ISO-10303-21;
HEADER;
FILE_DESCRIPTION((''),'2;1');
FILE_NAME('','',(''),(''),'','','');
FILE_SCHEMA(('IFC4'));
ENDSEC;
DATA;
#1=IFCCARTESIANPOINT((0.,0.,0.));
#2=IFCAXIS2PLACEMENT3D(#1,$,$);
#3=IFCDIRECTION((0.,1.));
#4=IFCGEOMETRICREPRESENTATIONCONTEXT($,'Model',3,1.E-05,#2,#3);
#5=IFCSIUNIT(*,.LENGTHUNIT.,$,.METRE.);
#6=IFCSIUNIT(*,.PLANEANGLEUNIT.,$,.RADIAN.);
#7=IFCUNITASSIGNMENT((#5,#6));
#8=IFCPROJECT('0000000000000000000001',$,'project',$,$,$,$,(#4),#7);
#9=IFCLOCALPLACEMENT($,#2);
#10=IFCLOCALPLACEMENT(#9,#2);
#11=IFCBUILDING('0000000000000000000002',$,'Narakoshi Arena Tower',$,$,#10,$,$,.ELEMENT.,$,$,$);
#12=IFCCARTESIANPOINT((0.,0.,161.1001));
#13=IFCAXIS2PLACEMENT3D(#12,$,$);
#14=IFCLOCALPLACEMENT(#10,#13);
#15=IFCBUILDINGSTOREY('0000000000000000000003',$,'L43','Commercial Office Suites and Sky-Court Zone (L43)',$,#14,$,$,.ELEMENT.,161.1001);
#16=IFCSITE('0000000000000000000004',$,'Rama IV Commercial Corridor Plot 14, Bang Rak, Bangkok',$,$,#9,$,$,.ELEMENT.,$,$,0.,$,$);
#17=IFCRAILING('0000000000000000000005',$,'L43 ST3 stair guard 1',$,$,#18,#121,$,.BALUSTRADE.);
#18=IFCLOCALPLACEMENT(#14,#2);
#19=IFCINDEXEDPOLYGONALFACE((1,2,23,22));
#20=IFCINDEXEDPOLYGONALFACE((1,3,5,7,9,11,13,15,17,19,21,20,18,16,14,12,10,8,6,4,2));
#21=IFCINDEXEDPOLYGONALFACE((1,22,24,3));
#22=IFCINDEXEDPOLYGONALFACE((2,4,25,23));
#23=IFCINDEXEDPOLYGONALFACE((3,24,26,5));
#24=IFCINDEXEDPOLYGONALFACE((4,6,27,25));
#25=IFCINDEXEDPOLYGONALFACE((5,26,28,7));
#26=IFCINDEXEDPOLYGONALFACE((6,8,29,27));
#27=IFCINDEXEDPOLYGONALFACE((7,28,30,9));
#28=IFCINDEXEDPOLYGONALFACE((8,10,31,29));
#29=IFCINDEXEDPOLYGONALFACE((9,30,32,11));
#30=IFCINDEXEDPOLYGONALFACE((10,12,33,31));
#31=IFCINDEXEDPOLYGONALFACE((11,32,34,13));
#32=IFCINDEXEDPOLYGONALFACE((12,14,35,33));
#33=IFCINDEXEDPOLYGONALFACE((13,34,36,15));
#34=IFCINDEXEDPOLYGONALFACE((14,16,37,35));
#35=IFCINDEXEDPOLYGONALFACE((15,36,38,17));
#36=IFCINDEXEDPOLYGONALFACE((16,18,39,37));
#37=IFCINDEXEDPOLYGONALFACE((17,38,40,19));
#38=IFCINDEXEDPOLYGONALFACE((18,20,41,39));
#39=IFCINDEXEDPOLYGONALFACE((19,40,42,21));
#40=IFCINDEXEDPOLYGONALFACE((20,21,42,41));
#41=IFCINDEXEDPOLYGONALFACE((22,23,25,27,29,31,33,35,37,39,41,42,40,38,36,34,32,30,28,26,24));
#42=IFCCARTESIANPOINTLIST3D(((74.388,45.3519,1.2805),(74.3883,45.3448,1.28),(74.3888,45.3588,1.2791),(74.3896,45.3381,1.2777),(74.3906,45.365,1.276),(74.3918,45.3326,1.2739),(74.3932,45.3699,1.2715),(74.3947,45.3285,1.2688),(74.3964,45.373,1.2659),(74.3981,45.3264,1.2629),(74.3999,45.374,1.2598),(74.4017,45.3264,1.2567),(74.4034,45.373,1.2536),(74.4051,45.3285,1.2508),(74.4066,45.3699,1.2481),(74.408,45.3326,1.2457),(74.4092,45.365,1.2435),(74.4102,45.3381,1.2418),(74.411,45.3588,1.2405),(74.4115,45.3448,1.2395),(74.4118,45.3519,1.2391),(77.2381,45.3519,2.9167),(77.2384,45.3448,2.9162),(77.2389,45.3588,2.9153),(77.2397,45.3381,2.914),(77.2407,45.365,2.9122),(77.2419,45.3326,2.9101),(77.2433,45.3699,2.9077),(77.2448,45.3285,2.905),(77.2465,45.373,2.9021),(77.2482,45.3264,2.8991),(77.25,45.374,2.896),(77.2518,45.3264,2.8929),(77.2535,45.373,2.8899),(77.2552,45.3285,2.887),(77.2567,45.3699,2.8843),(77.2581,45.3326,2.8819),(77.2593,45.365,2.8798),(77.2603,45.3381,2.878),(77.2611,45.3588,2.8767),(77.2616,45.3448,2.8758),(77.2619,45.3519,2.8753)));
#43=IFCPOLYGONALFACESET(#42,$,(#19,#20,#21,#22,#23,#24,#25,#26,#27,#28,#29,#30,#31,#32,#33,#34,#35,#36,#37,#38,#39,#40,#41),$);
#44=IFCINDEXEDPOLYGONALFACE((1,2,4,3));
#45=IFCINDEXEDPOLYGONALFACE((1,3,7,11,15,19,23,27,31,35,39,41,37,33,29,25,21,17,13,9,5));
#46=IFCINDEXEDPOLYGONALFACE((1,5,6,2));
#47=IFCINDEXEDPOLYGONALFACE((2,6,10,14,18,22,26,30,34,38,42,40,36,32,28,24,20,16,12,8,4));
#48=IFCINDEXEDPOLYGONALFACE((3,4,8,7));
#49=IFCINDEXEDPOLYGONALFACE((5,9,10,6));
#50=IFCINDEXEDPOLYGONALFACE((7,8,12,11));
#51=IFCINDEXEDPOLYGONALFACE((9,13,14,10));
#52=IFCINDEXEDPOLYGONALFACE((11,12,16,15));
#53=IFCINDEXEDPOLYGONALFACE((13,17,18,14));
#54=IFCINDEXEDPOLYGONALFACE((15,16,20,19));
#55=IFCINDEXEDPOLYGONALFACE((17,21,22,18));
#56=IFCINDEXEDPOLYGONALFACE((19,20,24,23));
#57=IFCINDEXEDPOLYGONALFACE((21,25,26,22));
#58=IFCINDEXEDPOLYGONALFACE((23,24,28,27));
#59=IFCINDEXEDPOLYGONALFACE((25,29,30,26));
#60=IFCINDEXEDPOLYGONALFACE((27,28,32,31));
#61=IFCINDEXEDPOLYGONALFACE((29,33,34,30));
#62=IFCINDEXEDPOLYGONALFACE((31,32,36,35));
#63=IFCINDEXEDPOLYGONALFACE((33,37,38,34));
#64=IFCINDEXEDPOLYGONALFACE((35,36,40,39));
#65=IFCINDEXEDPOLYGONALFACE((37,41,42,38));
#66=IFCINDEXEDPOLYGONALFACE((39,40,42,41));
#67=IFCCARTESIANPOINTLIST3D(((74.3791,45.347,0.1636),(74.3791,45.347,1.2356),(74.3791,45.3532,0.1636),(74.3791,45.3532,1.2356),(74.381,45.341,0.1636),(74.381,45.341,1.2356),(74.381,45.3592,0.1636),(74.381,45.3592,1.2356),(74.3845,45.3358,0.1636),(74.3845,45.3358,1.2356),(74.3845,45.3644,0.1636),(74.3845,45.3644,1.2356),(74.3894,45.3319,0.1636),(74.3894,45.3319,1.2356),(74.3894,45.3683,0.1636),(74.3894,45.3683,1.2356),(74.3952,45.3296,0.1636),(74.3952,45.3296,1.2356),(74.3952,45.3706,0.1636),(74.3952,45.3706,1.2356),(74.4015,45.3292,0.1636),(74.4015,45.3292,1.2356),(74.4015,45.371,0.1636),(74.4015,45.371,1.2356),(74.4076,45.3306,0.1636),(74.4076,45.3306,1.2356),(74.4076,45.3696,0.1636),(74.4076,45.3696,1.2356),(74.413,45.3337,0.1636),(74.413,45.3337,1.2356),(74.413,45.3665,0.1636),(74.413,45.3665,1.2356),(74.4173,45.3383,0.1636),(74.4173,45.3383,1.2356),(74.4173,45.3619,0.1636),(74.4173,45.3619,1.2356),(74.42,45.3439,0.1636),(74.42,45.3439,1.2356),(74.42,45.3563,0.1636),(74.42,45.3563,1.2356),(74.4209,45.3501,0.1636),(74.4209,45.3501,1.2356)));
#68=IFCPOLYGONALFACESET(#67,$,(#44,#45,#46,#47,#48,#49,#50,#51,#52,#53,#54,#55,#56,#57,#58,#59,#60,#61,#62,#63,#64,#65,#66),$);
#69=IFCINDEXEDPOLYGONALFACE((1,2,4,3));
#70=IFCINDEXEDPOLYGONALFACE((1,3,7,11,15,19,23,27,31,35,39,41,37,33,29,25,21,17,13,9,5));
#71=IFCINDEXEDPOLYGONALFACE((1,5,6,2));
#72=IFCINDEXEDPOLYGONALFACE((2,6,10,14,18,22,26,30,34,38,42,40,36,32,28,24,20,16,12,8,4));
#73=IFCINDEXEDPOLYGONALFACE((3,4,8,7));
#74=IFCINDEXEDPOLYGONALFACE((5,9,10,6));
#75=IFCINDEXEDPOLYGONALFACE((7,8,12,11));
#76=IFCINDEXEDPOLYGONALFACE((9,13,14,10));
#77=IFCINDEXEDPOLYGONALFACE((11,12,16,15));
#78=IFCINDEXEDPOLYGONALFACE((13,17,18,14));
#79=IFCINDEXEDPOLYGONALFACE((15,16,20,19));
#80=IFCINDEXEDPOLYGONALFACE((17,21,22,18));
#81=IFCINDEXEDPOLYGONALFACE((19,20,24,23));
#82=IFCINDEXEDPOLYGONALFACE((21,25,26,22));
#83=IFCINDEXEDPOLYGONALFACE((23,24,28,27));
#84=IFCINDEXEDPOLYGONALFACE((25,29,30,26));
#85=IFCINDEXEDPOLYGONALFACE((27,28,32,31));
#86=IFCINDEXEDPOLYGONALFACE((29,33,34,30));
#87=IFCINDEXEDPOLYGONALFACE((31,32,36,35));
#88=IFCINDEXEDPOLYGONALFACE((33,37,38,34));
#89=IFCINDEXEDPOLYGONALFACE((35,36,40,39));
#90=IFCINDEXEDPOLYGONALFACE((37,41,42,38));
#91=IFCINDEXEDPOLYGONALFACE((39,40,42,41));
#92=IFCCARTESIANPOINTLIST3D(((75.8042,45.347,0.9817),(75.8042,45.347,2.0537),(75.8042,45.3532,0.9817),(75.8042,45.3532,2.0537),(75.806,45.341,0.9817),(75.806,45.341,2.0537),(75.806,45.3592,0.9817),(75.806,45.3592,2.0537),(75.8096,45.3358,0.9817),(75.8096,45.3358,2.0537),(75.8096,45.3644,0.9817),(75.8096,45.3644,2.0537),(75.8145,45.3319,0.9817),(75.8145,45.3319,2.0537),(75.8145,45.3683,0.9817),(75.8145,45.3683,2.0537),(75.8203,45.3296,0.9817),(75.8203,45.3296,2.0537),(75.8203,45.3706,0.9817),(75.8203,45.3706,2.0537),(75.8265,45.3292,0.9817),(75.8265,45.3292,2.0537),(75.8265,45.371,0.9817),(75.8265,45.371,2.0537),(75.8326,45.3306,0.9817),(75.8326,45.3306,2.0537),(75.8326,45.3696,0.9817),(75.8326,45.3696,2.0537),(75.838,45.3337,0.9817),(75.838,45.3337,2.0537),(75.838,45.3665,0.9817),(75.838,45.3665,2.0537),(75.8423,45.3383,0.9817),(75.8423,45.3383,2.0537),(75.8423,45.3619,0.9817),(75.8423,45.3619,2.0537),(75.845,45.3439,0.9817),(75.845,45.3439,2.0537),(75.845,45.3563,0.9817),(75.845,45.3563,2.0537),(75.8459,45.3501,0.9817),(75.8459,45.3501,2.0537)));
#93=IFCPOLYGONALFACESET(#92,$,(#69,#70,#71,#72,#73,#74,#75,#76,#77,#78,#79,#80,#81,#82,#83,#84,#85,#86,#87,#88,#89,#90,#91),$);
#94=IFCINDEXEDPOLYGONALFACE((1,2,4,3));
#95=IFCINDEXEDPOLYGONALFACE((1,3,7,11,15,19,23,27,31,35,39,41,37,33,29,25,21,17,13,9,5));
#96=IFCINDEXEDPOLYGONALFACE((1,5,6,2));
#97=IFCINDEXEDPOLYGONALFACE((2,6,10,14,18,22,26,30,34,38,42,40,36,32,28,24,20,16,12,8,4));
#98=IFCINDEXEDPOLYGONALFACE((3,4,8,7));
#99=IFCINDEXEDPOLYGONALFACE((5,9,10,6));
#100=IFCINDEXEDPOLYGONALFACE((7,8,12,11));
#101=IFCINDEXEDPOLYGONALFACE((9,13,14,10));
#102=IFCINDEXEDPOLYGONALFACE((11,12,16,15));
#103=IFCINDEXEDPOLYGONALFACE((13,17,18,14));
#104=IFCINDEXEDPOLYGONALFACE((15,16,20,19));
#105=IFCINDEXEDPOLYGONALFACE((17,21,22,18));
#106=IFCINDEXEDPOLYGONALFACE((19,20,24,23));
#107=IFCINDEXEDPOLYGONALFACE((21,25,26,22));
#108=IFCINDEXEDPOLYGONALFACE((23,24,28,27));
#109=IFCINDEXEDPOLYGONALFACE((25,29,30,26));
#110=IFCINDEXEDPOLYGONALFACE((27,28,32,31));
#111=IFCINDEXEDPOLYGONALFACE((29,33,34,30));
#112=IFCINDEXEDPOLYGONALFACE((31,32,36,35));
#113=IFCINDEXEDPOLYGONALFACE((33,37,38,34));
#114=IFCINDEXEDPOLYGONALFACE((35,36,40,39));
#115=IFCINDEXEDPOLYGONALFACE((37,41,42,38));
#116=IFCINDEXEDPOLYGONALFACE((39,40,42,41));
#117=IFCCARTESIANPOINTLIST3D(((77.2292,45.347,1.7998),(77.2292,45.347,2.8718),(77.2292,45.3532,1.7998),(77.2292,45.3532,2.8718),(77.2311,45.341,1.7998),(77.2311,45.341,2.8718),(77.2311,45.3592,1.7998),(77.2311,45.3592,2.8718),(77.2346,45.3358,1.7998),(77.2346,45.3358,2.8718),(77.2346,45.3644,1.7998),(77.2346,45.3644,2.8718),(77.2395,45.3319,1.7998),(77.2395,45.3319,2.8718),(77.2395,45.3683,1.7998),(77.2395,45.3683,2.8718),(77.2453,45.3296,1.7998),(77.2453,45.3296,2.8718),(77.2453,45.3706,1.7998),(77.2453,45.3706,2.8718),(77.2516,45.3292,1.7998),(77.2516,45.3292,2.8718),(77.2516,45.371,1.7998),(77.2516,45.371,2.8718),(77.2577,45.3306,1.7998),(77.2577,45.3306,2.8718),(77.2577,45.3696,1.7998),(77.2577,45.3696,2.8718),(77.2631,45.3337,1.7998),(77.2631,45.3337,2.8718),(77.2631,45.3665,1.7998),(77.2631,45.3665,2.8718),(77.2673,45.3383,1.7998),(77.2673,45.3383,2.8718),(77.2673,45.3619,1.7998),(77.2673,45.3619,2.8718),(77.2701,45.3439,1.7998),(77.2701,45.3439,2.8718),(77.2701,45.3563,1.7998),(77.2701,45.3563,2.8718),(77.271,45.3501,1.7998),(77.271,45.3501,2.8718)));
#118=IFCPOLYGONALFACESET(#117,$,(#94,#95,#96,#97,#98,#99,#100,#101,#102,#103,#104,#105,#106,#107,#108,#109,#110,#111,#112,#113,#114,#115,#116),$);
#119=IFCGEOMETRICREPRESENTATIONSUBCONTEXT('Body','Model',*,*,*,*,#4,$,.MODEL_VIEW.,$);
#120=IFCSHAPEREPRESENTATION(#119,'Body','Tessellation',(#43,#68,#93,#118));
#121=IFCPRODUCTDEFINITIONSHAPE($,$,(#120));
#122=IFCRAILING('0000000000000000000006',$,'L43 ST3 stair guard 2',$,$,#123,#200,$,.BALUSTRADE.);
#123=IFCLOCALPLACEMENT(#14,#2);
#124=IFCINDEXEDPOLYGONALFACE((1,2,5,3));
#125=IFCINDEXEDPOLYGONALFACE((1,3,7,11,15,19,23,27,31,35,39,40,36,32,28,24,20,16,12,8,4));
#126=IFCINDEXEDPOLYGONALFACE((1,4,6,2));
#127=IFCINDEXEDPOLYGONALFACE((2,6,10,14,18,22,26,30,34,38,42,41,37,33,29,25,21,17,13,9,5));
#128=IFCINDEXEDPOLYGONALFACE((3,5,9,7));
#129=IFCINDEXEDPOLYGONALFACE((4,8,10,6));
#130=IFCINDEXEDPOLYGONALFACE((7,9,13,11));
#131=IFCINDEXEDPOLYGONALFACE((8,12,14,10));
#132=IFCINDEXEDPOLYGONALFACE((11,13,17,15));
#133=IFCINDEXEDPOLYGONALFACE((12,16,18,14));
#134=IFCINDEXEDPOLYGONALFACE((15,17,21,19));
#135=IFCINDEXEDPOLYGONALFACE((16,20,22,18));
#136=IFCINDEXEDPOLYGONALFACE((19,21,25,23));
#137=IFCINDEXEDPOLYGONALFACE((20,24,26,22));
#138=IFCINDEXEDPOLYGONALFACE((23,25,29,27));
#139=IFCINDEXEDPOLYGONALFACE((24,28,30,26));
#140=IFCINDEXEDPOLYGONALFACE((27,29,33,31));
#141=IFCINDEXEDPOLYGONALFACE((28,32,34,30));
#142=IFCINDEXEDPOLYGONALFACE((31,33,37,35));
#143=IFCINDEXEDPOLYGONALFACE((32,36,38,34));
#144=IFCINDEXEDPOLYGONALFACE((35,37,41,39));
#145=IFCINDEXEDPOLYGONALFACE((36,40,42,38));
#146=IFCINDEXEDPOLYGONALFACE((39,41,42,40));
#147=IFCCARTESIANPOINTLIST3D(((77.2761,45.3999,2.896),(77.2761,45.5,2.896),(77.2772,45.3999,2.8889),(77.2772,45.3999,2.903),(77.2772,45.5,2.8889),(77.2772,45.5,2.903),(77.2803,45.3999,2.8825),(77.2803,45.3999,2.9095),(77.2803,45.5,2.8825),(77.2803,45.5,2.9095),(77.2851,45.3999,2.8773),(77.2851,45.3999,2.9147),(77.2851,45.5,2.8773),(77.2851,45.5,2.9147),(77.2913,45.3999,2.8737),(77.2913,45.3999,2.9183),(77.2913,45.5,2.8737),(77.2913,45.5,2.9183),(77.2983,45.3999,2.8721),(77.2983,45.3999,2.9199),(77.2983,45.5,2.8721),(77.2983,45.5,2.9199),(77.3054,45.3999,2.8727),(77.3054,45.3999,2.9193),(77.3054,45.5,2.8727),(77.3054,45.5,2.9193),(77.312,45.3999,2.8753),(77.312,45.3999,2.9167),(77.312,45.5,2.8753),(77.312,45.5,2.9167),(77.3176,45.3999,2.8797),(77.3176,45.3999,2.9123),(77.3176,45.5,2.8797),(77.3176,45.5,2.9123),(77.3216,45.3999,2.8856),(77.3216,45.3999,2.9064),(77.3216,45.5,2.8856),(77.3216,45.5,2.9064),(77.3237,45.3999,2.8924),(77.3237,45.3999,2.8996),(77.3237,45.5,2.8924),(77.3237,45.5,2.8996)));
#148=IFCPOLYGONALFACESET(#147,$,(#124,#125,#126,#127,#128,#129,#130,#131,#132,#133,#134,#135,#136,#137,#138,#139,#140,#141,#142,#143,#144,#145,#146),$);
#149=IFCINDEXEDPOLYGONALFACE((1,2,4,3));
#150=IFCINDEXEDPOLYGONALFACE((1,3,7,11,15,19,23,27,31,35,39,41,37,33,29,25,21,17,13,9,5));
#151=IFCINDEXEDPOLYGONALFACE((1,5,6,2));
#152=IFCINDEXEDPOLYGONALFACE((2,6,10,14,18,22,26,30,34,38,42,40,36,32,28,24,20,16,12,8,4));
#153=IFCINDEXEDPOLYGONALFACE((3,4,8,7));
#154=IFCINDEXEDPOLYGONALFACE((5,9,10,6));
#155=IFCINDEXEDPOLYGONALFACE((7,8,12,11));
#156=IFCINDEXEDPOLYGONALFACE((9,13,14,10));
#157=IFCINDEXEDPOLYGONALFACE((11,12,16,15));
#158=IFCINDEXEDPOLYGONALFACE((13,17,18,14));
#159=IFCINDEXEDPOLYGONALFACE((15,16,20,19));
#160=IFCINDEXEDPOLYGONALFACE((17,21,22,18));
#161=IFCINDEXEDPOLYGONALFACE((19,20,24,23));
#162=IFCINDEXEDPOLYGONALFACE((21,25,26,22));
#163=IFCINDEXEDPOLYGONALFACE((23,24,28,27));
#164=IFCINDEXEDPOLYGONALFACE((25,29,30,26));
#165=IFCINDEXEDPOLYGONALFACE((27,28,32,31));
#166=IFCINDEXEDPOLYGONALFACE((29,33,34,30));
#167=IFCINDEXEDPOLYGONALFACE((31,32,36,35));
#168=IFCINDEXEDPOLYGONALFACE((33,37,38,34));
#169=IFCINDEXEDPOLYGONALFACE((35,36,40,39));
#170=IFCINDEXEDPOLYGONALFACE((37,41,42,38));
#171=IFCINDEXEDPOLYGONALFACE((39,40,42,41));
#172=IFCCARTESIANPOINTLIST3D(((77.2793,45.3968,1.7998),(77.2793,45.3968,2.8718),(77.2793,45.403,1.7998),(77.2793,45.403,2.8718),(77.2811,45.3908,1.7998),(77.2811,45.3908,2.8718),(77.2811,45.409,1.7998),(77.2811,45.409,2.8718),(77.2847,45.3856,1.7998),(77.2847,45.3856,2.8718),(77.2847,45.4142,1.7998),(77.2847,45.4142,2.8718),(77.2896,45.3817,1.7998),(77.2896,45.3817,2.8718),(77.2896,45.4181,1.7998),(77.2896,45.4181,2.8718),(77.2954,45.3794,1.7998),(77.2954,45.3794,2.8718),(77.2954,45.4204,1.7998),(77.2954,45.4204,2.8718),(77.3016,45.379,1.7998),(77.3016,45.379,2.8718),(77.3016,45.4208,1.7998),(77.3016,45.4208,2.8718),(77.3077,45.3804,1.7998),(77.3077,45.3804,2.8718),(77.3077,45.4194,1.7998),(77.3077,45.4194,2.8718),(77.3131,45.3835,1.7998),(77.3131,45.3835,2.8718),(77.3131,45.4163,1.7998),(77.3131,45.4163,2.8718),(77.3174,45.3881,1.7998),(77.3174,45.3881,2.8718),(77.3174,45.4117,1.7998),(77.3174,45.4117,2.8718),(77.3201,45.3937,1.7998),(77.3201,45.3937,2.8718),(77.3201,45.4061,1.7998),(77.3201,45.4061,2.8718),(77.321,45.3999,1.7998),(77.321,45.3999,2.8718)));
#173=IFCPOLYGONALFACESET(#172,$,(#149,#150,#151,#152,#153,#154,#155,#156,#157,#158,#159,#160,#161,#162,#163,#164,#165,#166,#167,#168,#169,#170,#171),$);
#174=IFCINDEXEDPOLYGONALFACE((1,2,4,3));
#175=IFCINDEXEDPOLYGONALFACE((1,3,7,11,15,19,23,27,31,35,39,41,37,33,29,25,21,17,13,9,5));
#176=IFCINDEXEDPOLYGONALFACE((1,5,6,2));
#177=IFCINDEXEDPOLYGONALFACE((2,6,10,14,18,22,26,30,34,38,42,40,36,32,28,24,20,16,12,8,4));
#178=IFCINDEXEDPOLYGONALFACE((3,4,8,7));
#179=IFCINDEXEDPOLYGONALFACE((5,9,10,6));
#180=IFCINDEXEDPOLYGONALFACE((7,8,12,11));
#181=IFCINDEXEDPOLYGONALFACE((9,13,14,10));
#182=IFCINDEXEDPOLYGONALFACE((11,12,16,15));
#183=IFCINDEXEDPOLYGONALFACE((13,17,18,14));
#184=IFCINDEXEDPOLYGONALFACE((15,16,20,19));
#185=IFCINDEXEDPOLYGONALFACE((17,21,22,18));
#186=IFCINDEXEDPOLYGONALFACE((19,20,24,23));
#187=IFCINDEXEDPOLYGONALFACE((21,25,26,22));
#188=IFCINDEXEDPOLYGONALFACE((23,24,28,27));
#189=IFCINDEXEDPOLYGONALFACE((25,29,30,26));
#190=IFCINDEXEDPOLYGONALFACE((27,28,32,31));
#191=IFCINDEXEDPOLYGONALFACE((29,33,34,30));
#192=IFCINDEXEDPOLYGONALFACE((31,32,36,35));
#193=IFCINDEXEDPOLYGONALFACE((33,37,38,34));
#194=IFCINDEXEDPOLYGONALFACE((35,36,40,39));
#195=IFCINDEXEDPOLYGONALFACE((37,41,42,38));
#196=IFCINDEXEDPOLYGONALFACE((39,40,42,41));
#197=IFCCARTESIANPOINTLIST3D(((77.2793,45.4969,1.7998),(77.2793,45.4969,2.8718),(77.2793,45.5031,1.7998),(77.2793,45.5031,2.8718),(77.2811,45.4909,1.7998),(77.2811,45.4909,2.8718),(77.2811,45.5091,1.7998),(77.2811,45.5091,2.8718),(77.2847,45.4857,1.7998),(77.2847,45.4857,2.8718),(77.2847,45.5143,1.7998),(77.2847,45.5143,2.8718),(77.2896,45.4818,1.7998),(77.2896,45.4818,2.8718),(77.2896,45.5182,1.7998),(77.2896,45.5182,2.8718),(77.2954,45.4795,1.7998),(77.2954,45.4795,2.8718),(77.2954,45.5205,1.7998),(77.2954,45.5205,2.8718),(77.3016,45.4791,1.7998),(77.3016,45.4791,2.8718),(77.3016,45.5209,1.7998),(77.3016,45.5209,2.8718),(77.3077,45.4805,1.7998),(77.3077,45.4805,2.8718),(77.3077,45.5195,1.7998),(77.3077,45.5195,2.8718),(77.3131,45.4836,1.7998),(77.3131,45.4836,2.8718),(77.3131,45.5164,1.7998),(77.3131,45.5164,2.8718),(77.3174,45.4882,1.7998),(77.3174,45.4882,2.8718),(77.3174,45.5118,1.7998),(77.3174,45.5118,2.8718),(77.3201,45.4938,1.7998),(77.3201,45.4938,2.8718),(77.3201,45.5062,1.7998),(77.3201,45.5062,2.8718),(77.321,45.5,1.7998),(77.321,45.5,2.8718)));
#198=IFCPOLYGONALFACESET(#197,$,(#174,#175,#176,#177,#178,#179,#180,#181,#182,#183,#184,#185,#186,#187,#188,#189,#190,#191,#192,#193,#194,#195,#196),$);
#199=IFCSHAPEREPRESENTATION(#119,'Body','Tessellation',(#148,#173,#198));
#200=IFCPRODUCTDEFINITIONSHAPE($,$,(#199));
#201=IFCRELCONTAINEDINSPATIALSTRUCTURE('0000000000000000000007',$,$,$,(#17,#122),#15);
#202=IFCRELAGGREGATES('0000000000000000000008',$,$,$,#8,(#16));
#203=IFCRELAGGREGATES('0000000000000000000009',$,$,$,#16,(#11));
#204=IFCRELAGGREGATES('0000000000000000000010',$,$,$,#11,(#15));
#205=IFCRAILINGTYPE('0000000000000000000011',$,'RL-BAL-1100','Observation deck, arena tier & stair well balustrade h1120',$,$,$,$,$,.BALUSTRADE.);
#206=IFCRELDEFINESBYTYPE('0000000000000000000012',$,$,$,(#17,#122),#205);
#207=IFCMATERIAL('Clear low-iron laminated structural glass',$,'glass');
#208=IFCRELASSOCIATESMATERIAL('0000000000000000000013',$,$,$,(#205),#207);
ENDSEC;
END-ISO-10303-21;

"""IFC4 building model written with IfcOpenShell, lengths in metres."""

from ifc_helpers import new_model, si_unit, direction, frame, origin, origin_2d, place, context, subcontext, project, spatial, circle, extrude, material, type_object, element, save


model = new_model("IFC4")

# Units and contexts
model_context = context("Model", 3, precision=1e-05, world=origin(), true_north=direction((0.0, 1.0)))
body_context = subcontext(model_context, "Body", "Model", "MODEL_VIEW")
ifc_project = project(units=[si_unit("LENGTHUNIT", "METRE"), si_unit("PLANEANGLEUNIT", "RADIAN")], contexts=[model_context])

# Site, building, storey
site_placement = place(None, origin())
site = spatial("IfcSite", under=ifc_project, at=site_placement, Name="Rama IV Commercial Corridor Plot 14, Bang Rak, Bangkok", CompositionType="ELEMENT", RefElevation=0.0)
building_placement = place(site_placement, origin())
building = spatial("IfcBuilding", under=site, at=building_placement, Name="Narakoshi Arena Tower", CompositionType="ELEMENT")
storey_placement = place(building_placement, frame((0.0, 0.0, 161.1001)))
storey = spatial("IfcBuildingStorey", under=building, at=storey_placement, Name="L43", Description="Commercial Office Suites and Sky-Court Zone (L43)", CompositionType="ELEMENT", Elevation=161.1001)

# Railings
ifc_material_1 = material(Name="Clear low-iron laminated structural glass", Category="glass")
railing_type_1 = type_object("IfcRailingType", Name="RL-BAL-1100", Description="Observation deck, arena tier & stair well balustrade h1120", PredefinedType="BALUSTRADE", material=ifc_material_1)
railing_1_placement = place(storey_placement, frame((74.3999, 45.3501, 0.1636)))
element("IfcRailing", 1, at=railing_1_placement, inside=storey, type_object=railing_type_1, Name="L43 ST3 stair guard 1", PredefinedType="BALUSTRADE", context=body_context, shape_type="SweptSolid", body=[
    extrude(circle(Radius=0.0239, at=origin_2d()), frame((0.0, 0.0, 1.0962), z_axis=(0.867245, 0.0, 0.497882), x_axis=(0.0, 1.0, 0.0)), (0.0, 0.0, 1.0), 3.2864),
    extrude(circle(Radius=0.021, at=origin_2d()), origin(), (0.0, 0.0, 1.0), 1.072),
    extrude(circle(Radius=0.021, at=origin_2d()), frame((1.425, 0.0, 0.8181)), (0.0, 0.0, 1.0), 1.072),
    extrude(circle(Radius=0.021, at=origin_2d()), frame((2.8501, 0.0, 1.6362)), (0.0, 0.0, 1.0), 1.072),
])
railing_2_placement = place(storey_placement, frame((77.3, 45.3999, 1.7998)))
element("IfcRailing", 2, at=railing_2_placement, inside=storey, type_object=railing_type_1, Name="L43 ST3 stair guard 2", PredefinedType="BALUSTRADE", context=body_context, shape_type="SweptSolid", body=[
    extrude(circle(Radius=0.0239, at=origin_2d()), frame((0.0, 0.0, 1.0962), z_axis=(0.0, 1.0, 0.0), x_axis=(-1.0, 0.0, 0.0)), (0.0, 0.0, 1.0), 0.1001),
    extrude(circle(Radius=0.021, at=origin_2d()), origin(), (0.0, 0.0, 1.0), 1.072),
    extrude(circle(Radius=0.021, at=origin_2d()), frame((0.0, 0.1001, 0.0)), (0.0, 0.0, 1.0), 1.072),
])

save(model, "model.ifc")
